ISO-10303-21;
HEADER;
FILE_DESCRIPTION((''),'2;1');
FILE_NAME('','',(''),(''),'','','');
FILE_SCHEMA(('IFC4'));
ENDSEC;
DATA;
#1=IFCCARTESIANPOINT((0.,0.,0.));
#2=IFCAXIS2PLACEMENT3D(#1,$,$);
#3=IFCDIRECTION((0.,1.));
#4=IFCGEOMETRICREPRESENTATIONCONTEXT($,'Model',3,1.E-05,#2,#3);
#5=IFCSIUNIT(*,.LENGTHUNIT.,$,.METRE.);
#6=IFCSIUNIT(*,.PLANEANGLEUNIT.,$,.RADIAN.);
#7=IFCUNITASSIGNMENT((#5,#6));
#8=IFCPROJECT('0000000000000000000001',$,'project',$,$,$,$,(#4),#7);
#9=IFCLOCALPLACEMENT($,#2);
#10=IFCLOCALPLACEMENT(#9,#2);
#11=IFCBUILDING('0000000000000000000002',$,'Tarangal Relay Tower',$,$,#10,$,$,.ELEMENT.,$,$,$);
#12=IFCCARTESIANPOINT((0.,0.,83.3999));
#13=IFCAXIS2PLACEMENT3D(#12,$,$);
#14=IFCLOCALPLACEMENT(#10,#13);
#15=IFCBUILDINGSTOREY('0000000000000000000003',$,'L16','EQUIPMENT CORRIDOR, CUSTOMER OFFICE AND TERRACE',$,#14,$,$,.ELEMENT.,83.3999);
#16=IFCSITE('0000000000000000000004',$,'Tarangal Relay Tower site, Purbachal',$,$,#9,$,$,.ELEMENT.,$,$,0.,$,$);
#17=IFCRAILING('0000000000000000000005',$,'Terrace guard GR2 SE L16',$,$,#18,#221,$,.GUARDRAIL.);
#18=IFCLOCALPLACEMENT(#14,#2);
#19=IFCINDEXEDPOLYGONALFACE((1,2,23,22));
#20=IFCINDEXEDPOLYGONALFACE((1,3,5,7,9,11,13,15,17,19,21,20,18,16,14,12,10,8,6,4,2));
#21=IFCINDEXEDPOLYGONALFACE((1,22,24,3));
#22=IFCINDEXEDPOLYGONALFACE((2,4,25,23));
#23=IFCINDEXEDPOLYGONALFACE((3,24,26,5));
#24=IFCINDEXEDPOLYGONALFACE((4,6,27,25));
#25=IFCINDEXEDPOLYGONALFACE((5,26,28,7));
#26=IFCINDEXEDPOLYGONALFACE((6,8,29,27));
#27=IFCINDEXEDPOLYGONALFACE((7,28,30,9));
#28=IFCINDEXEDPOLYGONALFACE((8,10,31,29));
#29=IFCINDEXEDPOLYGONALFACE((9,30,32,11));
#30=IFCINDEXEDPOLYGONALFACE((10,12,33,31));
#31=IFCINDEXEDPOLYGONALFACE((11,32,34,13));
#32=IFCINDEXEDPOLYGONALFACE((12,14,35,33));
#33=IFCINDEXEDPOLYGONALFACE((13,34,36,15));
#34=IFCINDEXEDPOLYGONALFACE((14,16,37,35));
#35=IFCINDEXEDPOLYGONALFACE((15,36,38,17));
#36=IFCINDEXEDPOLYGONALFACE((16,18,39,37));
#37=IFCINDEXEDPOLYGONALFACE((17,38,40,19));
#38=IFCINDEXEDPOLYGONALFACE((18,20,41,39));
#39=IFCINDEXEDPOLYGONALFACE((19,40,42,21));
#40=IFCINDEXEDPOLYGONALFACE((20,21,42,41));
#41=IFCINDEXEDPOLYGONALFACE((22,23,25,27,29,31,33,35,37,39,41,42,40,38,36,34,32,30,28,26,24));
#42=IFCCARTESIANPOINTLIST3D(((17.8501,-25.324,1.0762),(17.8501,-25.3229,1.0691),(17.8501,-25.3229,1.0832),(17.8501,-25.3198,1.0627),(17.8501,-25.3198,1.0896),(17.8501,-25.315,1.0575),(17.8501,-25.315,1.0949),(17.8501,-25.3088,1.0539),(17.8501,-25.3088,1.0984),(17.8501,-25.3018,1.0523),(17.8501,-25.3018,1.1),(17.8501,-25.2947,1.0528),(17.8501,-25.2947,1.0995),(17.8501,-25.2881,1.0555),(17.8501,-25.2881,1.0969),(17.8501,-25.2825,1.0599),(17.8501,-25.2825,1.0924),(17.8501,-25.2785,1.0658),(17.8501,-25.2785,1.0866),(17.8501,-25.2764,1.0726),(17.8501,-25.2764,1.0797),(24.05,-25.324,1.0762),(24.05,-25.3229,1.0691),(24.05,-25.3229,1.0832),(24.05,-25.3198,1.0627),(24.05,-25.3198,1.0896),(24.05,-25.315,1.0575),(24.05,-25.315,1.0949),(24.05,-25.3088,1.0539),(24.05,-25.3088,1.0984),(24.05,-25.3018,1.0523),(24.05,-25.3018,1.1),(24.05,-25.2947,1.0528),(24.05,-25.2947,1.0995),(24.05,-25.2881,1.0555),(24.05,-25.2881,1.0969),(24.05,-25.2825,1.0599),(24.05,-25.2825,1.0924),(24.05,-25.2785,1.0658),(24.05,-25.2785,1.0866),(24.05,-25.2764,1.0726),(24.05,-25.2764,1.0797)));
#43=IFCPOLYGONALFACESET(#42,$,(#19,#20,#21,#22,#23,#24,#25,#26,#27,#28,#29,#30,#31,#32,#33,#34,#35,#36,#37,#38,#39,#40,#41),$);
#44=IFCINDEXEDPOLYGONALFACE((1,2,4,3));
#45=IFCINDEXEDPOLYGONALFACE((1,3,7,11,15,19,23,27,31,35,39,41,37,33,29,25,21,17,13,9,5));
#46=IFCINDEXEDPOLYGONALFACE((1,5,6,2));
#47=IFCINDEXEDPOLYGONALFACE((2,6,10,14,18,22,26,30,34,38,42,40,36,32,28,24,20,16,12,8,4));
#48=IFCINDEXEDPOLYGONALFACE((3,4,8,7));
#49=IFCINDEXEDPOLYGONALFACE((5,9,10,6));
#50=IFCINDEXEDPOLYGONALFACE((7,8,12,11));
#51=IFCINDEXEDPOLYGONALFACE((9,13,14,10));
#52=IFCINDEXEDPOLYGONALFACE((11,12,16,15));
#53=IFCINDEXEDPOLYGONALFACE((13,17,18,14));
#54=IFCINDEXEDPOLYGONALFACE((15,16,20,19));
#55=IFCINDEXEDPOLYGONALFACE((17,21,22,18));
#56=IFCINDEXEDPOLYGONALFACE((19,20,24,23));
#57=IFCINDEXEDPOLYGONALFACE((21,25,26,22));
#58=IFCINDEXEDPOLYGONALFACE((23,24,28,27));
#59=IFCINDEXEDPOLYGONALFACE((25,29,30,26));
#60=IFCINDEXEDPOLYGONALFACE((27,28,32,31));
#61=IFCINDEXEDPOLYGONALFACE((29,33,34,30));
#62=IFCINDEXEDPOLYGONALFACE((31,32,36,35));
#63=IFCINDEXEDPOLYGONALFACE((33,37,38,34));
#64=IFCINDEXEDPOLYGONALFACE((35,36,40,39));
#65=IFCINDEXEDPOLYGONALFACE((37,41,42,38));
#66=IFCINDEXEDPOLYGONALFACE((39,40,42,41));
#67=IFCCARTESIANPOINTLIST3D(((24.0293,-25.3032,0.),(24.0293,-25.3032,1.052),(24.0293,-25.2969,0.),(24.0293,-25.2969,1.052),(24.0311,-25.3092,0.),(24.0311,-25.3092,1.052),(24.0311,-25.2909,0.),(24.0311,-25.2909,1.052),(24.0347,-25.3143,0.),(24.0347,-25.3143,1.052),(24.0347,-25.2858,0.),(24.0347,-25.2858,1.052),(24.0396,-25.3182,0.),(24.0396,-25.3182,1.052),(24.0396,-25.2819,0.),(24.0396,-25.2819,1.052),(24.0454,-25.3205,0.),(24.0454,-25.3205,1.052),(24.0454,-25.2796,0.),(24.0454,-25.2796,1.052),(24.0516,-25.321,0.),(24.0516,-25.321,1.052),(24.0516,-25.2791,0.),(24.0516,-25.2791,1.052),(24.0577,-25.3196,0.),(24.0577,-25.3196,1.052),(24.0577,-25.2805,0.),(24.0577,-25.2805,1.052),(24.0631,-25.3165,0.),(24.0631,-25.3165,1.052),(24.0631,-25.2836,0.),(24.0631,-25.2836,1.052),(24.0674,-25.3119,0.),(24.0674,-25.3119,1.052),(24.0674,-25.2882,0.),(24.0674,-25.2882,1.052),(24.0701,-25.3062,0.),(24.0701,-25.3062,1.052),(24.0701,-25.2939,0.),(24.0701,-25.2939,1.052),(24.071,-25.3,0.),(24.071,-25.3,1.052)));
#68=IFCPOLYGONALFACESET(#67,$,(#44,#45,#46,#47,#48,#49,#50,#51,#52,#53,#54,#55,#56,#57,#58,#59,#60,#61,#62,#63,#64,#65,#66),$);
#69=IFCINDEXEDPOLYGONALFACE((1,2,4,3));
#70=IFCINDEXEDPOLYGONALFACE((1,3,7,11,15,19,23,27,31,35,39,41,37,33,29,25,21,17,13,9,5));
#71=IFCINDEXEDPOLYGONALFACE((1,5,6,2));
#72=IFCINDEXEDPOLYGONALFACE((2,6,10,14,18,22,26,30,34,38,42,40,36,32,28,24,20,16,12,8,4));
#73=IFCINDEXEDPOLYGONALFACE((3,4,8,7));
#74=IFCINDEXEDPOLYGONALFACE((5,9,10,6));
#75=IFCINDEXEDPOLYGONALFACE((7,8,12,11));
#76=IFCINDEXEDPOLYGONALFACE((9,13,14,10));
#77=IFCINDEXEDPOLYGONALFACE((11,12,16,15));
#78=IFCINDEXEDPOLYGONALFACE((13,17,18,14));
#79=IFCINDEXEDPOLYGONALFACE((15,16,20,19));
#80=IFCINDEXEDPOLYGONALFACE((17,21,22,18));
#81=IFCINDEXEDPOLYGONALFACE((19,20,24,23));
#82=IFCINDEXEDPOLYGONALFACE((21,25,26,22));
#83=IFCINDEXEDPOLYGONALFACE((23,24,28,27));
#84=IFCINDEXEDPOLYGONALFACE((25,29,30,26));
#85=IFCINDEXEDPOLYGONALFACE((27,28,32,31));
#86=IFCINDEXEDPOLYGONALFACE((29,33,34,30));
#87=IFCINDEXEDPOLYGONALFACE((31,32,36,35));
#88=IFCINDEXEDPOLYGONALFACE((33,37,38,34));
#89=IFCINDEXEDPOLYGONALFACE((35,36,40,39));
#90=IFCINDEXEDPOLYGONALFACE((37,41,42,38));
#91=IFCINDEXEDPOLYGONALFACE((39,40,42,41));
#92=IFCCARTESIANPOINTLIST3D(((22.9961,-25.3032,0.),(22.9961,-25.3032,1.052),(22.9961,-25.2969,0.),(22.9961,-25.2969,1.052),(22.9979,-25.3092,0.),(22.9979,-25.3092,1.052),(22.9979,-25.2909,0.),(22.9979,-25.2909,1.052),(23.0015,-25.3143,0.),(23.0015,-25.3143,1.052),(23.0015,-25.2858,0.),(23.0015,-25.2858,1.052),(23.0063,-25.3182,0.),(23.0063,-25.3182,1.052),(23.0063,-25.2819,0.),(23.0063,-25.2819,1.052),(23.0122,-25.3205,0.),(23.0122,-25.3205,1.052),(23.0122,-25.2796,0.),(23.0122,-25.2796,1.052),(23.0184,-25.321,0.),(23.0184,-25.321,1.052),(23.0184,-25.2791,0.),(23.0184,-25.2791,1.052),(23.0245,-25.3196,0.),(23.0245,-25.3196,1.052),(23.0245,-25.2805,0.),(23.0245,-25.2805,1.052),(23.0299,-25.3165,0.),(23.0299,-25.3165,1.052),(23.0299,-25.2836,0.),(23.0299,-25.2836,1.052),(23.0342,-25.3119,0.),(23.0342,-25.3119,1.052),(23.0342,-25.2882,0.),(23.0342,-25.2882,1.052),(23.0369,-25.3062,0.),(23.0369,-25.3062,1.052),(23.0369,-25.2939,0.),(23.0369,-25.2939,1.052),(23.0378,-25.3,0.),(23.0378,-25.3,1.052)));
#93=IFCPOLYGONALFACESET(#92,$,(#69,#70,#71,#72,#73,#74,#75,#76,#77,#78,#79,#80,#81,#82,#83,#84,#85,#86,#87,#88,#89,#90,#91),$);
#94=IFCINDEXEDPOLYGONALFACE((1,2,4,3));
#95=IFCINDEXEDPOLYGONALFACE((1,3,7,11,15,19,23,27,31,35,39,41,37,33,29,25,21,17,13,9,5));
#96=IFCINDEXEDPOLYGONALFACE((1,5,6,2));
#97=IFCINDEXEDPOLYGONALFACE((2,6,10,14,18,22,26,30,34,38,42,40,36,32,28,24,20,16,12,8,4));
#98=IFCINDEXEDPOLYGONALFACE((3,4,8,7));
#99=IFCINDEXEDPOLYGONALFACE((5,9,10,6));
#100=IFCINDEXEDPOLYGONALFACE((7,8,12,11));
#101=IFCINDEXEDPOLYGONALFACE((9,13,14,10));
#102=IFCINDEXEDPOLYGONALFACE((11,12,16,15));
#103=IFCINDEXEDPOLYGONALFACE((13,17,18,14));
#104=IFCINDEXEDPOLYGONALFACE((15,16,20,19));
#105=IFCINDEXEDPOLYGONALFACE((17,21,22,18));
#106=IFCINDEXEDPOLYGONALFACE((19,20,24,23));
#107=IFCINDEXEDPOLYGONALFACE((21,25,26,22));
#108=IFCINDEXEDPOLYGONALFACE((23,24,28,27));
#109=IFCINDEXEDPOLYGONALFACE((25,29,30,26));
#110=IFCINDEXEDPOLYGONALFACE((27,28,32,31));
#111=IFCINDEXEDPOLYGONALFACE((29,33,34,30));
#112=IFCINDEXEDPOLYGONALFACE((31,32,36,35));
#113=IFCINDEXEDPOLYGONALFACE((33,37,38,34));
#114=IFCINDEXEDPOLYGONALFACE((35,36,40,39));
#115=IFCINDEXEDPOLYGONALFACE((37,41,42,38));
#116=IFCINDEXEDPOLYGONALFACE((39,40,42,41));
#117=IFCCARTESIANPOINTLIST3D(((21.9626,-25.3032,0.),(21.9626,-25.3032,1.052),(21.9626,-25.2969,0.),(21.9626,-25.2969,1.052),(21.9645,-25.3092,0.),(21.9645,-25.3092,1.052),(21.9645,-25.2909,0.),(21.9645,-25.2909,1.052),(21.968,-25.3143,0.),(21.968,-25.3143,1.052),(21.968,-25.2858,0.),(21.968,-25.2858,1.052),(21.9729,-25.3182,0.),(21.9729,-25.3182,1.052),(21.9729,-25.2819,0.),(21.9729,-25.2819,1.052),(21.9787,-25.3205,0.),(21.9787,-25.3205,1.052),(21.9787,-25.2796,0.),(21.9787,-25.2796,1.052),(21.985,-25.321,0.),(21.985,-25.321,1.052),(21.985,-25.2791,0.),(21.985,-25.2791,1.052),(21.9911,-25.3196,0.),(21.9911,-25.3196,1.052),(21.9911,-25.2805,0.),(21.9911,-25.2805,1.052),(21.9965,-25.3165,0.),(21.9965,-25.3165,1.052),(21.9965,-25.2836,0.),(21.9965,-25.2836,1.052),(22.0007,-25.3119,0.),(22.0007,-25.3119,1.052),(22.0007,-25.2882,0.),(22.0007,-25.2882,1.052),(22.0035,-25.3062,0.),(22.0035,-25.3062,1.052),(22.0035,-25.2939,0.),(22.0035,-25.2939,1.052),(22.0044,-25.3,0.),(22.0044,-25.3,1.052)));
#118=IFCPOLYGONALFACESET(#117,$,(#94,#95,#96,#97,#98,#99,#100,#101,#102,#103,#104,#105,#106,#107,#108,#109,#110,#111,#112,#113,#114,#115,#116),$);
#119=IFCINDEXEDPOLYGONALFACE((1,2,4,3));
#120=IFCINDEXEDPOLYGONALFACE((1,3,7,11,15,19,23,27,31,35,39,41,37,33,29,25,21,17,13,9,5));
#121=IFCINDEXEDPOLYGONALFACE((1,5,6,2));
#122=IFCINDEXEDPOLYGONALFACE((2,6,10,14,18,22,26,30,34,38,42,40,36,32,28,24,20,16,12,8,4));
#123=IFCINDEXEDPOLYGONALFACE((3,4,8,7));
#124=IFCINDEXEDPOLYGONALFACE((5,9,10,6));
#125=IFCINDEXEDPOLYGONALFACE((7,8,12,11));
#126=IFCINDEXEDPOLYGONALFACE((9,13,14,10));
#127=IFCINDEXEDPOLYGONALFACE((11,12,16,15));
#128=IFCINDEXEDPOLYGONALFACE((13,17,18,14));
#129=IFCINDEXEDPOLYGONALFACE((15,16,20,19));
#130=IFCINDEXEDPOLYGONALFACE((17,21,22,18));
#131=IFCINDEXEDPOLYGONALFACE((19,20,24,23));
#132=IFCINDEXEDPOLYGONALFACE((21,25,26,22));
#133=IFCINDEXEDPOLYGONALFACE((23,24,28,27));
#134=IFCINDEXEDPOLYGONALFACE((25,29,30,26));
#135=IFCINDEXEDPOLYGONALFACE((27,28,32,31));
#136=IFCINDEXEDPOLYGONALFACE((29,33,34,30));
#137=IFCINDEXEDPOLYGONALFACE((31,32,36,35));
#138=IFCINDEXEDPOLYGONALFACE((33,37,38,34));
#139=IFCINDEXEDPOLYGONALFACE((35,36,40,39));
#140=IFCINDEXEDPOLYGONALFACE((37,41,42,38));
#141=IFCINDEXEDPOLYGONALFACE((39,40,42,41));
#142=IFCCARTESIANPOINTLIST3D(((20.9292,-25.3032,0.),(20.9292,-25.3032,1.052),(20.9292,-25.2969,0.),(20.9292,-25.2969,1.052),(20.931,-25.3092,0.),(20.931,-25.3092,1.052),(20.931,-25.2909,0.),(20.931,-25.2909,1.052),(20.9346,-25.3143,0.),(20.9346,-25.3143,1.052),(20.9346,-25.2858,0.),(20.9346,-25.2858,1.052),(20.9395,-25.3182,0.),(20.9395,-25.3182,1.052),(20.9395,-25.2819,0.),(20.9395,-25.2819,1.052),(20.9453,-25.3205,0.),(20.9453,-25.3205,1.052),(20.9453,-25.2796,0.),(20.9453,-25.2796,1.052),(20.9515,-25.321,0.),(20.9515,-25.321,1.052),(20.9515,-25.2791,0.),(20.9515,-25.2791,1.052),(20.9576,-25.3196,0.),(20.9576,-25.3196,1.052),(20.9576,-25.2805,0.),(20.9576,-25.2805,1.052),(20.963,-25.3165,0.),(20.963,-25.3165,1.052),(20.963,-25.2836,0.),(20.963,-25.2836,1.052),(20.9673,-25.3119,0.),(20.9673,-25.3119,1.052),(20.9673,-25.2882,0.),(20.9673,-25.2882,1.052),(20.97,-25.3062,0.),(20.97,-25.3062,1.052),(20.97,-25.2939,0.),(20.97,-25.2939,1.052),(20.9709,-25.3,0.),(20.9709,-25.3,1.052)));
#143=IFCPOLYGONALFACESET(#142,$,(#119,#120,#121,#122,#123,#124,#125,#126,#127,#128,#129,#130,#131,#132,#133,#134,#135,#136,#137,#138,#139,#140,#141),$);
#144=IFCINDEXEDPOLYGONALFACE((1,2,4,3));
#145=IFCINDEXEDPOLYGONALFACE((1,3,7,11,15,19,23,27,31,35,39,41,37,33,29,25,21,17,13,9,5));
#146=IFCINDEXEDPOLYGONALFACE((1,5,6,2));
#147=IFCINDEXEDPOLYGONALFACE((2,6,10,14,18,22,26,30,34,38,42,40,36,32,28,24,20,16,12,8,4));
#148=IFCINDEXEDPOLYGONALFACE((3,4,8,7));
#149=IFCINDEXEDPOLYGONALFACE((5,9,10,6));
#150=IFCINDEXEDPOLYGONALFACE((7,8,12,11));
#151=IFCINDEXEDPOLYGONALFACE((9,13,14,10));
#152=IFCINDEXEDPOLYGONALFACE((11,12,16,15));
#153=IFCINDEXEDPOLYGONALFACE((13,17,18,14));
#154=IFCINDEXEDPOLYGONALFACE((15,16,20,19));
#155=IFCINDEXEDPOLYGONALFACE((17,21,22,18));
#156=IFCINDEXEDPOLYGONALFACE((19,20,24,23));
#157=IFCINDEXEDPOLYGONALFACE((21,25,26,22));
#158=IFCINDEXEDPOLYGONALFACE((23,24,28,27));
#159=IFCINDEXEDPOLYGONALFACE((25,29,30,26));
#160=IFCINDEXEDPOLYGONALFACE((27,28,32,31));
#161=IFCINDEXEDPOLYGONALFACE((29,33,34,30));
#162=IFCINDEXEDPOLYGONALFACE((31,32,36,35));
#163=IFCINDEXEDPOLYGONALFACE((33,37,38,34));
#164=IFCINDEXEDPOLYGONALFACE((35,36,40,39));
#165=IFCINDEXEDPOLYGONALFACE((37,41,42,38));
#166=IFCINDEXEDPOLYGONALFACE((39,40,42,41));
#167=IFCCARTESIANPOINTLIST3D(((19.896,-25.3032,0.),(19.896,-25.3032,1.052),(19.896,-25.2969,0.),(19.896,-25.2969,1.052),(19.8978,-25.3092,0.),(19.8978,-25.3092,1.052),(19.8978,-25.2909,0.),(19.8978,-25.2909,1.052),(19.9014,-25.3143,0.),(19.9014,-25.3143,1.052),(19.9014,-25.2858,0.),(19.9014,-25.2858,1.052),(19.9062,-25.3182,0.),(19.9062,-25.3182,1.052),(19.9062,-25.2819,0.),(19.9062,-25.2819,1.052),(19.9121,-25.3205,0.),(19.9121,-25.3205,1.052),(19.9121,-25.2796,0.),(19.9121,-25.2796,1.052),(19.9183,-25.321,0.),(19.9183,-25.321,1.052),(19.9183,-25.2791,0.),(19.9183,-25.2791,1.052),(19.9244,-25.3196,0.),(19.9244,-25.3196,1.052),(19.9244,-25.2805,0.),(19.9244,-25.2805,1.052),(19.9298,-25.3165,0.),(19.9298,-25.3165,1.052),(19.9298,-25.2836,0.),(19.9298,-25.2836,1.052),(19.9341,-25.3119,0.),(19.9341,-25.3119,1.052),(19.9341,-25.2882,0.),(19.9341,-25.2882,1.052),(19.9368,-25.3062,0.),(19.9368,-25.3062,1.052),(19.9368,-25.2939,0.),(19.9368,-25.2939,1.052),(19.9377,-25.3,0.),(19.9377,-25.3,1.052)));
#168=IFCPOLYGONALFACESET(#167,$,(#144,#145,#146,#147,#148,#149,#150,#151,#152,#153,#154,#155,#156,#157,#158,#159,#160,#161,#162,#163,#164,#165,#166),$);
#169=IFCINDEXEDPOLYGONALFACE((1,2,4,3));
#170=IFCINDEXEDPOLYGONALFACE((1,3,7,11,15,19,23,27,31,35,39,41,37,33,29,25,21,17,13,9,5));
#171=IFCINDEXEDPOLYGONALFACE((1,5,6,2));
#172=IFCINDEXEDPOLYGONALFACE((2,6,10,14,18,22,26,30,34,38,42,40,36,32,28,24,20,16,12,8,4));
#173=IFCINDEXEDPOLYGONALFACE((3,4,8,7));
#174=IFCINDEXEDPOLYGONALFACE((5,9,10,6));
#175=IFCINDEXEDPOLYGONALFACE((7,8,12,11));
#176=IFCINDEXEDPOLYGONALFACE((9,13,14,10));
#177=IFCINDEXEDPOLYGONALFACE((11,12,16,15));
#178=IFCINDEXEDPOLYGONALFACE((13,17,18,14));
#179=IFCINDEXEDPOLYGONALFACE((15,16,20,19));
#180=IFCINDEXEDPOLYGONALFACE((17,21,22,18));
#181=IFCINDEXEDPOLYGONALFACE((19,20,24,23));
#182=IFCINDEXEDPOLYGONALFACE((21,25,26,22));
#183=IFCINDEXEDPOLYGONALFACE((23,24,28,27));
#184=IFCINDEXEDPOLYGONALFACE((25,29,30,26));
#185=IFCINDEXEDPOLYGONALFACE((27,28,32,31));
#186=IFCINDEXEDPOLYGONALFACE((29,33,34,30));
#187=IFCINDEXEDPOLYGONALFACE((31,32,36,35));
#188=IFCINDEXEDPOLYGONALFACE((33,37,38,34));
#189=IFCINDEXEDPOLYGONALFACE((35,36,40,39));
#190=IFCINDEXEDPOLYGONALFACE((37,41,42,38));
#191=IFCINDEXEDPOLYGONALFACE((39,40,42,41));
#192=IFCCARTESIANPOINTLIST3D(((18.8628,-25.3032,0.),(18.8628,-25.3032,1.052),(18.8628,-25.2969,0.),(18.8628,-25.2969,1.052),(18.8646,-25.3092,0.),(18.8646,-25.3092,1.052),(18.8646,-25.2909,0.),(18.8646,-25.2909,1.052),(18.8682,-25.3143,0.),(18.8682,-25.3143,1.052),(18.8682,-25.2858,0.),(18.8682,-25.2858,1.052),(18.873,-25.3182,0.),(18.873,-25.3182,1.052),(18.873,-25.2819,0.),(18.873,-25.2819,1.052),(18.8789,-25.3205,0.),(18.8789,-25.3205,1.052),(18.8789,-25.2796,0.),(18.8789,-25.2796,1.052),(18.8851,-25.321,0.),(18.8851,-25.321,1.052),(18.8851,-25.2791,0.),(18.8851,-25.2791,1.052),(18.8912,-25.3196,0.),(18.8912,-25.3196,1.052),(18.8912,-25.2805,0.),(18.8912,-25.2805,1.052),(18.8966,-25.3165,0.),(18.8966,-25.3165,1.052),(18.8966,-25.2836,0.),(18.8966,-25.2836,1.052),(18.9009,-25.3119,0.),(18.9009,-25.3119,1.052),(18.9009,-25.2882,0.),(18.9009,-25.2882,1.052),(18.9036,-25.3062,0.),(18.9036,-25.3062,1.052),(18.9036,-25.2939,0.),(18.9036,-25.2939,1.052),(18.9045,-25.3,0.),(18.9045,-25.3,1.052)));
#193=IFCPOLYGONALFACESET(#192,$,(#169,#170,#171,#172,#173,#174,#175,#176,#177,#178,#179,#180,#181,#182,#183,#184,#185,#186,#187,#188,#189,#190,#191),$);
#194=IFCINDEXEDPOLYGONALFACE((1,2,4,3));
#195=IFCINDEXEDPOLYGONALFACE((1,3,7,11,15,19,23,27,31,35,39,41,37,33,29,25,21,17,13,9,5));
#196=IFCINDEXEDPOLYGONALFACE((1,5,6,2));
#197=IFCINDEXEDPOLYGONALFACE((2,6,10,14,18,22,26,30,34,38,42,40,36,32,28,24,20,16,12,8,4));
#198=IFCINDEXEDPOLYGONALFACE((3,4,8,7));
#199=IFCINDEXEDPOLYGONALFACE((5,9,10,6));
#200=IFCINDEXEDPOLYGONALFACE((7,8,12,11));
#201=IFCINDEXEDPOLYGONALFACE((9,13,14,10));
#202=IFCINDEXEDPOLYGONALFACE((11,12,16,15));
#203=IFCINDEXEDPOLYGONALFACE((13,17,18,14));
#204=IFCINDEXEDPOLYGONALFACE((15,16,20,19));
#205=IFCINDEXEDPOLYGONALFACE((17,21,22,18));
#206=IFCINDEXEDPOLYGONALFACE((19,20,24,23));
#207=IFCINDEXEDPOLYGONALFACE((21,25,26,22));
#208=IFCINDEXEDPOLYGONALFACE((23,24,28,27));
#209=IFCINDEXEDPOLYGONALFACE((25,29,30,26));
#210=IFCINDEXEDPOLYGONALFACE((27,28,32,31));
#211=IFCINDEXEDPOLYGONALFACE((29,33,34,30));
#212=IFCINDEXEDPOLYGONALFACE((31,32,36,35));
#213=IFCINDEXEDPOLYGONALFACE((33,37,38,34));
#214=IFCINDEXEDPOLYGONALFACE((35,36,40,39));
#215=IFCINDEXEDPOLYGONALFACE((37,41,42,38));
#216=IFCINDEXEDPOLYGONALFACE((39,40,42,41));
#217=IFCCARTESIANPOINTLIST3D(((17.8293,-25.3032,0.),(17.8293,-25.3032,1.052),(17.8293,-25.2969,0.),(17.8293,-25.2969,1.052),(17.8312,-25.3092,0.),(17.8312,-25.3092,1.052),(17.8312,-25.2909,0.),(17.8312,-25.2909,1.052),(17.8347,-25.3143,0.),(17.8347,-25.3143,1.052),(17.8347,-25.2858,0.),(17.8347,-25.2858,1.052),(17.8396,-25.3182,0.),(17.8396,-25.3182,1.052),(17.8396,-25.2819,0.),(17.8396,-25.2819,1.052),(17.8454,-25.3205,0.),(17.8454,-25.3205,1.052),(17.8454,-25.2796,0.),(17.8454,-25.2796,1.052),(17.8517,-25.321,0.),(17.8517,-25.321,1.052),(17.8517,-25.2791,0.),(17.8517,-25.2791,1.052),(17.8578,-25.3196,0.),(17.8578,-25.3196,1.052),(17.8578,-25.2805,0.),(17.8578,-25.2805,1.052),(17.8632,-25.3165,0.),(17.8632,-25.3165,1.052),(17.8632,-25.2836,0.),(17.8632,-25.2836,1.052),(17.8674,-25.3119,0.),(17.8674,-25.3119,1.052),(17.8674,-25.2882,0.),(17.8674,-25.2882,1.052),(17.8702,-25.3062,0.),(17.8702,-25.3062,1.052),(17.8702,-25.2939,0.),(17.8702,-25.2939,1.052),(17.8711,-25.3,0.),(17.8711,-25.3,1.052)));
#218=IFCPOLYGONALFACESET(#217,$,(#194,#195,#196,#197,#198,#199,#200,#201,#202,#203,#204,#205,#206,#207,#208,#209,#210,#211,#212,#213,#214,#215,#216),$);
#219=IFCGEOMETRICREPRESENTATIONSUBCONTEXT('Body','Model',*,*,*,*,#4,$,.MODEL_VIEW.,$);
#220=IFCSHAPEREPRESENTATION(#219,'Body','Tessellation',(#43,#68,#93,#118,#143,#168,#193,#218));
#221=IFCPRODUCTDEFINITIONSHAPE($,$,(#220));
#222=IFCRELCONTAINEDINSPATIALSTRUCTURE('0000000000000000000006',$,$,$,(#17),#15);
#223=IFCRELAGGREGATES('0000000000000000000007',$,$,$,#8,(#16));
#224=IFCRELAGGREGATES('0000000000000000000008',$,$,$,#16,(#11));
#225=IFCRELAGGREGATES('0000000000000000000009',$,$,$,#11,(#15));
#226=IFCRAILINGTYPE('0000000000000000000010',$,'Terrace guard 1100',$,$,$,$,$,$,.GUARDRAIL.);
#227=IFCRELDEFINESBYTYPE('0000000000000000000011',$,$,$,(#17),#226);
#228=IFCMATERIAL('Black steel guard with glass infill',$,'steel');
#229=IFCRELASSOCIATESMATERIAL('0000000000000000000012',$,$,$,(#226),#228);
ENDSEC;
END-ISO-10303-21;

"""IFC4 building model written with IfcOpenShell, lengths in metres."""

from ifc_helpers import new_model, si_unit, direction, frame, origin, origin_2d, place, context, subcontext, project, spatial, circle, extrude, material, type_object, element, save


model = new_model("IFC4")

# Units and contexts
model_context = context("Model", 3, precision=1e-05, world=origin(), true_north=direction((0.0, 1.0)))
body_context = subcontext(model_context, "Body", "Model", "MODEL_VIEW")
ifc_project = project(units=[si_unit("LENGTHUNIT", "METRE"), si_unit("PLANEANGLEUNIT", "RADIAN")], contexts=[model_context])

# Site, building, storey
site_placement = place(None, origin())
site = spatial("IfcSite", under=ifc_project, at=site_placement, Name="Tarangal Relay Tower site, Purbachal", CompositionType="ELEMENT", RefElevation=0.0)
building_placement = place(site_placement, origin())
building = spatial("IfcBuilding", under=site, at=building_placement, Name="Tarangal Relay Tower", CompositionType="ELEMENT")
storey_placement = place(building_placement, frame((0.0, 0.0, 83.3999)))
storey = spatial("IfcBuildingStorey", under=building, at=storey_placement, Name="L16", Description="EQUIPMENT CORRIDOR, CUSTOMER OFFICE AND TERRACE", CompositionType="ELEMENT", Elevation=83.3999)

# Railing
ifc_material_1 = material(Name="Black steel guard with glass infill", Category="steel")
railing_type = type_object("IfcRailingType", Name="Terrace guard 1100", PredefinedType="GUARDRAIL", material=ifc_material_1)
railing_1_placement = place(storey_placement, frame((24.05, -25.3, 0.0)))
element("IfcRailing", 1, at=railing_1_placement, inside=storey, type_object=railing_type, Name="Terrace guard GR2 SE L16", PredefinedType="GUARDRAIL", context=body_context, shape_type="SweptSolid", body=[
    extrude(circle(Radius=0.0239, at=origin_2d()), frame((0.0, 0.0, 1.0762), z_axis=(-1.0, 0.0, 0.0), x_axis=(0.0, -1.0, 0.0)), (0.0, 0.0, 1.0), 6.2),
    extrude(circle(Radius=0.021, at=origin_2d()), origin(), (0.0, 0.0, 1.0), 1.052),
    extrude(circle(Radius=0.021, at=origin_2d()), frame((-1.0332, 0.0, 0.0)), (0.0, 0.0, 1.0), 1.052),
    extrude(circle(Radius=0.021, at=origin_2d()), frame((-2.0667, 0.0, 0.0)), (0.0, 0.0, 1.0), 1.052),
    extrude(circle(Radius=0.021, at=origin_2d()), frame((-3.1001, 0.0, 0.0)), (0.0, 0.0, 1.0), 1.052),
    extrude(circle(Radius=0.021, at=origin_2d()), frame((-4.1333, 0.0, 0.0)), (0.0, 0.0, 1.0), 1.052),
    extrude(circle(Radius=0.021, at=origin_2d()), frame((-5.1665, 0.0, 0.0)), (0.0, 0.0, 1.0), 1.052),
    extrude(circle(Radius=0.021, at=origin_2d()), frame((-6.2, 0.0, 0.0)), (0.0, 0.0, 1.0), 1.052),
])

save(model, "model.ifc")
